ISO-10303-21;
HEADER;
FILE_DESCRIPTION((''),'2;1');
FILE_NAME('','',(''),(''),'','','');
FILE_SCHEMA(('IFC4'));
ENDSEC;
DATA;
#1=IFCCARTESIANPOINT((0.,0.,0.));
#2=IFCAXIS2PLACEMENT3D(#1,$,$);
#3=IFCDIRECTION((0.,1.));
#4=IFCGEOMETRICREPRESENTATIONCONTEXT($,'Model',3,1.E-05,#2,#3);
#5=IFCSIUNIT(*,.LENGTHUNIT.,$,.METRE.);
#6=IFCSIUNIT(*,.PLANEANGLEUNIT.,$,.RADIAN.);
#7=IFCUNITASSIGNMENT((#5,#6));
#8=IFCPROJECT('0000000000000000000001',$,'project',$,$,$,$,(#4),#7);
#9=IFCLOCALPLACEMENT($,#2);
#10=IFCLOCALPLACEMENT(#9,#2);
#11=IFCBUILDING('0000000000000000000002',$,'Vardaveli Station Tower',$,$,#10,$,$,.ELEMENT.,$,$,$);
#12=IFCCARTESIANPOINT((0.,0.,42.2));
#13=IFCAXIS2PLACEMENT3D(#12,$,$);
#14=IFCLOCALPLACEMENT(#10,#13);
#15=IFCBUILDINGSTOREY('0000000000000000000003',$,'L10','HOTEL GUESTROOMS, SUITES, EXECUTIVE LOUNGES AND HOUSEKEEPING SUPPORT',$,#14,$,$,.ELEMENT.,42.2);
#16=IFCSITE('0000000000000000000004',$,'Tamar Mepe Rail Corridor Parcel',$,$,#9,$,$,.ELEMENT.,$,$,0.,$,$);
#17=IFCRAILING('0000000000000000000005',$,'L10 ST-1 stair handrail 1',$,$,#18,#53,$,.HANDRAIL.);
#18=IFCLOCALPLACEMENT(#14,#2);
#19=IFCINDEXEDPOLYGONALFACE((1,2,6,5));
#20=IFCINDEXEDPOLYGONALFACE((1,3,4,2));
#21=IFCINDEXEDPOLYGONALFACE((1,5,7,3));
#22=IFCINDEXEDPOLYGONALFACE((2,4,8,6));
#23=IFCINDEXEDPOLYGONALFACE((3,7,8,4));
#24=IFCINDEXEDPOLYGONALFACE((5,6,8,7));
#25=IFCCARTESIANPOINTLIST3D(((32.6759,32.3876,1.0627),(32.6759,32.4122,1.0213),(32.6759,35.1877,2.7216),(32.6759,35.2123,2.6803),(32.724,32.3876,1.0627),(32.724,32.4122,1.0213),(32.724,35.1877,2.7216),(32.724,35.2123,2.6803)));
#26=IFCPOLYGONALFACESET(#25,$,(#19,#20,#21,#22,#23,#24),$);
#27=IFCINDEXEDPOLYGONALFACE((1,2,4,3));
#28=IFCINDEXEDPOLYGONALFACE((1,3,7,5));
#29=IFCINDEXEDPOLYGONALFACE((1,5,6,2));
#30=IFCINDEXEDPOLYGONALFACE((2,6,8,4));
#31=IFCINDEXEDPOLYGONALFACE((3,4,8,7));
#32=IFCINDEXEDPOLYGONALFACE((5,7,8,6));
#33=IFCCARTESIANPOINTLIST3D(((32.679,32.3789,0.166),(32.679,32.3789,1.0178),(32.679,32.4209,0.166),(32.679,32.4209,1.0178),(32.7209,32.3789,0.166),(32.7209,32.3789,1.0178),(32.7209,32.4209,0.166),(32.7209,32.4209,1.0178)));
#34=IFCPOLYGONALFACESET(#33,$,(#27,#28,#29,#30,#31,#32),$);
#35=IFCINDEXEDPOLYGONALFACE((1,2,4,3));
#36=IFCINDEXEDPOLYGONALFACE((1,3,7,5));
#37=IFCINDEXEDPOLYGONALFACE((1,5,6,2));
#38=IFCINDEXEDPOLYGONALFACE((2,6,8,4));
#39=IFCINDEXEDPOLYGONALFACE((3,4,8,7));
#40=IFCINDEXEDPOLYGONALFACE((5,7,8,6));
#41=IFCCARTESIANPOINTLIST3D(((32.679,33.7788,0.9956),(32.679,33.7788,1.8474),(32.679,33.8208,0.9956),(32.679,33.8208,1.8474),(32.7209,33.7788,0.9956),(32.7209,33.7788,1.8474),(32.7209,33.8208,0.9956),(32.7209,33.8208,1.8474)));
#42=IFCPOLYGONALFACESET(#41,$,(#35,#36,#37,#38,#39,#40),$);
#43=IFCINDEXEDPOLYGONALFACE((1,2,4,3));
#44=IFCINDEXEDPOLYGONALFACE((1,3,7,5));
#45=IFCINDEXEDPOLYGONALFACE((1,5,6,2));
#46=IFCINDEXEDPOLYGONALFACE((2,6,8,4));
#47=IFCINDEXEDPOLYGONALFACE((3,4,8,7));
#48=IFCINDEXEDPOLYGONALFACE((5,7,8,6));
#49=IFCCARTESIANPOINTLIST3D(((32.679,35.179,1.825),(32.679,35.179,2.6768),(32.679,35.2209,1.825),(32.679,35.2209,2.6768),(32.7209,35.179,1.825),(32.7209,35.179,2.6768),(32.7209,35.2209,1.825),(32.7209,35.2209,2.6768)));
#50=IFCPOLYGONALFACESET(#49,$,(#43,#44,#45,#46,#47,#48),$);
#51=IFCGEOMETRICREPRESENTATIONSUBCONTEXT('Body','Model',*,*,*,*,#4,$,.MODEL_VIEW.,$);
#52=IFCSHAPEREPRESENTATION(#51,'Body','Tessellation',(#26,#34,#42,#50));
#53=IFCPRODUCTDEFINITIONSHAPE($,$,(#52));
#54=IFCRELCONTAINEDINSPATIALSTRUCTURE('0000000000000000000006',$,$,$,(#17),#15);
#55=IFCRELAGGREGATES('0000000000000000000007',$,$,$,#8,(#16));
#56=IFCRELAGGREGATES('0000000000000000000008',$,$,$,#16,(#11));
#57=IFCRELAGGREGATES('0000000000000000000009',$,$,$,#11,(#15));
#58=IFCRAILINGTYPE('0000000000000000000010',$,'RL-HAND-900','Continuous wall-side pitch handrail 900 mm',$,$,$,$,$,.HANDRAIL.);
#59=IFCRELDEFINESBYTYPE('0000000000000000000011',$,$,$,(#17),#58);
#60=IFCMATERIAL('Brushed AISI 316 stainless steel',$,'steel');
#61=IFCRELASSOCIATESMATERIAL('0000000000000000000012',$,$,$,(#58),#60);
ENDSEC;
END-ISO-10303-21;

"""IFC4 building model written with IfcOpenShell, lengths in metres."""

from ifc_helpers import new_model, si_unit, direction, frame, origin, origin_2d, place, context, subcontext, project, spatial, rectangle, extrude, source, transform, mapped, material, type_object, element, save


model = new_model("IFC4")

# Units and contexts
model_context = context("Model", 3, precision=1e-05, world=origin(), true_north=direction((0.0, 1.0)))
body_context = subcontext(model_context, "Body", "Model", "MODEL_VIEW")
ifc_project = project(units=[si_unit("LENGTHUNIT", "METRE"), si_unit("PLANEANGLEUNIT", "RADIAN")], contexts=[model_context])

# Site, building, storey
site_placement = place(None, origin())
site = spatial("IfcSite", under=ifc_project, at=site_placement, Name="Tamar Mepe Rail Corridor Parcel", CompositionType="ELEMENT", RefElevation=0.0)
building_placement = place(site_placement, origin())
building = spatial("IfcBuilding", under=site, at=building_placement, Name="Vardaveli Station Tower", CompositionType="ELEMENT")
storey_placement = place(building_placement, frame((0.0, 0.0, 42.2)))
storey = spatial("IfcBuildingStorey", under=building, at=storey_placement, Name="L10", Description="HOTEL GUESTROOMS, SUITES, EXECUTIVE LOUNGES AND HOUSEKEEPING SUPPORT", CompositionType="ELEMENT", Elevation=42.2)

# Railing
ifc_material_1 = material(Name="Brushed AISI 316 stainless steel", Category="steel")
railing_type_1 = type_object("IfcRailingType", Name="RL-HAND-900", Description="Continuous wall-side pitch handrail 900 mm", PredefinedType="HANDRAIL", material=ifc_material_1)
shared_shape_1 = source(origin(), body_context, "Body", "SweptSolid", [
    extrude(rectangle(XDim=0.0481, YDim=0.0481, at=origin_2d()), frame((0.0, 0.0, 0.876), z_axis=(0.0, 0.860339, 0.509722), x_axis=(-1.0, 0.0, 0.0)), (0.0, 0.0, 1.0), 3.2546),
    extrude(rectangle(XDim=0.042, YDim=0.042, at=origin_2d()), origin(), (0.0, 0.0, 1.0), 0.8518),
    extrude(rectangle(XDim=0.042, YDim=0.042, at=origin_2d()), frame((0.0, 1.3999, 0.8296)), (0.0, 0.0, 1.0), 0.8518),
    extrude(rectangle(XDim=0.042, YDim=0.042, at=origin_2d()), frame((0.0, 2.8, 1.6589)), (0.0, 0.0, 1.0), 0.8518),
])
railing_placement = place(storey_placement, frame((32.7, 32.3999, 0.166)))
element("IfcRailing", 1, at=railing_placement, inside=storey, type_object=railing_type_1, Name="L10 ST-1 stair handrail 1", PredefinedType="HANDRAIL", context=body_context, shape_type="MappedRepresentation", body=[
    mapped(shared_shape_1, transform((0.0, 0.0, 0.0), scale=1.0)),
])

save(model, "model.ifc")
